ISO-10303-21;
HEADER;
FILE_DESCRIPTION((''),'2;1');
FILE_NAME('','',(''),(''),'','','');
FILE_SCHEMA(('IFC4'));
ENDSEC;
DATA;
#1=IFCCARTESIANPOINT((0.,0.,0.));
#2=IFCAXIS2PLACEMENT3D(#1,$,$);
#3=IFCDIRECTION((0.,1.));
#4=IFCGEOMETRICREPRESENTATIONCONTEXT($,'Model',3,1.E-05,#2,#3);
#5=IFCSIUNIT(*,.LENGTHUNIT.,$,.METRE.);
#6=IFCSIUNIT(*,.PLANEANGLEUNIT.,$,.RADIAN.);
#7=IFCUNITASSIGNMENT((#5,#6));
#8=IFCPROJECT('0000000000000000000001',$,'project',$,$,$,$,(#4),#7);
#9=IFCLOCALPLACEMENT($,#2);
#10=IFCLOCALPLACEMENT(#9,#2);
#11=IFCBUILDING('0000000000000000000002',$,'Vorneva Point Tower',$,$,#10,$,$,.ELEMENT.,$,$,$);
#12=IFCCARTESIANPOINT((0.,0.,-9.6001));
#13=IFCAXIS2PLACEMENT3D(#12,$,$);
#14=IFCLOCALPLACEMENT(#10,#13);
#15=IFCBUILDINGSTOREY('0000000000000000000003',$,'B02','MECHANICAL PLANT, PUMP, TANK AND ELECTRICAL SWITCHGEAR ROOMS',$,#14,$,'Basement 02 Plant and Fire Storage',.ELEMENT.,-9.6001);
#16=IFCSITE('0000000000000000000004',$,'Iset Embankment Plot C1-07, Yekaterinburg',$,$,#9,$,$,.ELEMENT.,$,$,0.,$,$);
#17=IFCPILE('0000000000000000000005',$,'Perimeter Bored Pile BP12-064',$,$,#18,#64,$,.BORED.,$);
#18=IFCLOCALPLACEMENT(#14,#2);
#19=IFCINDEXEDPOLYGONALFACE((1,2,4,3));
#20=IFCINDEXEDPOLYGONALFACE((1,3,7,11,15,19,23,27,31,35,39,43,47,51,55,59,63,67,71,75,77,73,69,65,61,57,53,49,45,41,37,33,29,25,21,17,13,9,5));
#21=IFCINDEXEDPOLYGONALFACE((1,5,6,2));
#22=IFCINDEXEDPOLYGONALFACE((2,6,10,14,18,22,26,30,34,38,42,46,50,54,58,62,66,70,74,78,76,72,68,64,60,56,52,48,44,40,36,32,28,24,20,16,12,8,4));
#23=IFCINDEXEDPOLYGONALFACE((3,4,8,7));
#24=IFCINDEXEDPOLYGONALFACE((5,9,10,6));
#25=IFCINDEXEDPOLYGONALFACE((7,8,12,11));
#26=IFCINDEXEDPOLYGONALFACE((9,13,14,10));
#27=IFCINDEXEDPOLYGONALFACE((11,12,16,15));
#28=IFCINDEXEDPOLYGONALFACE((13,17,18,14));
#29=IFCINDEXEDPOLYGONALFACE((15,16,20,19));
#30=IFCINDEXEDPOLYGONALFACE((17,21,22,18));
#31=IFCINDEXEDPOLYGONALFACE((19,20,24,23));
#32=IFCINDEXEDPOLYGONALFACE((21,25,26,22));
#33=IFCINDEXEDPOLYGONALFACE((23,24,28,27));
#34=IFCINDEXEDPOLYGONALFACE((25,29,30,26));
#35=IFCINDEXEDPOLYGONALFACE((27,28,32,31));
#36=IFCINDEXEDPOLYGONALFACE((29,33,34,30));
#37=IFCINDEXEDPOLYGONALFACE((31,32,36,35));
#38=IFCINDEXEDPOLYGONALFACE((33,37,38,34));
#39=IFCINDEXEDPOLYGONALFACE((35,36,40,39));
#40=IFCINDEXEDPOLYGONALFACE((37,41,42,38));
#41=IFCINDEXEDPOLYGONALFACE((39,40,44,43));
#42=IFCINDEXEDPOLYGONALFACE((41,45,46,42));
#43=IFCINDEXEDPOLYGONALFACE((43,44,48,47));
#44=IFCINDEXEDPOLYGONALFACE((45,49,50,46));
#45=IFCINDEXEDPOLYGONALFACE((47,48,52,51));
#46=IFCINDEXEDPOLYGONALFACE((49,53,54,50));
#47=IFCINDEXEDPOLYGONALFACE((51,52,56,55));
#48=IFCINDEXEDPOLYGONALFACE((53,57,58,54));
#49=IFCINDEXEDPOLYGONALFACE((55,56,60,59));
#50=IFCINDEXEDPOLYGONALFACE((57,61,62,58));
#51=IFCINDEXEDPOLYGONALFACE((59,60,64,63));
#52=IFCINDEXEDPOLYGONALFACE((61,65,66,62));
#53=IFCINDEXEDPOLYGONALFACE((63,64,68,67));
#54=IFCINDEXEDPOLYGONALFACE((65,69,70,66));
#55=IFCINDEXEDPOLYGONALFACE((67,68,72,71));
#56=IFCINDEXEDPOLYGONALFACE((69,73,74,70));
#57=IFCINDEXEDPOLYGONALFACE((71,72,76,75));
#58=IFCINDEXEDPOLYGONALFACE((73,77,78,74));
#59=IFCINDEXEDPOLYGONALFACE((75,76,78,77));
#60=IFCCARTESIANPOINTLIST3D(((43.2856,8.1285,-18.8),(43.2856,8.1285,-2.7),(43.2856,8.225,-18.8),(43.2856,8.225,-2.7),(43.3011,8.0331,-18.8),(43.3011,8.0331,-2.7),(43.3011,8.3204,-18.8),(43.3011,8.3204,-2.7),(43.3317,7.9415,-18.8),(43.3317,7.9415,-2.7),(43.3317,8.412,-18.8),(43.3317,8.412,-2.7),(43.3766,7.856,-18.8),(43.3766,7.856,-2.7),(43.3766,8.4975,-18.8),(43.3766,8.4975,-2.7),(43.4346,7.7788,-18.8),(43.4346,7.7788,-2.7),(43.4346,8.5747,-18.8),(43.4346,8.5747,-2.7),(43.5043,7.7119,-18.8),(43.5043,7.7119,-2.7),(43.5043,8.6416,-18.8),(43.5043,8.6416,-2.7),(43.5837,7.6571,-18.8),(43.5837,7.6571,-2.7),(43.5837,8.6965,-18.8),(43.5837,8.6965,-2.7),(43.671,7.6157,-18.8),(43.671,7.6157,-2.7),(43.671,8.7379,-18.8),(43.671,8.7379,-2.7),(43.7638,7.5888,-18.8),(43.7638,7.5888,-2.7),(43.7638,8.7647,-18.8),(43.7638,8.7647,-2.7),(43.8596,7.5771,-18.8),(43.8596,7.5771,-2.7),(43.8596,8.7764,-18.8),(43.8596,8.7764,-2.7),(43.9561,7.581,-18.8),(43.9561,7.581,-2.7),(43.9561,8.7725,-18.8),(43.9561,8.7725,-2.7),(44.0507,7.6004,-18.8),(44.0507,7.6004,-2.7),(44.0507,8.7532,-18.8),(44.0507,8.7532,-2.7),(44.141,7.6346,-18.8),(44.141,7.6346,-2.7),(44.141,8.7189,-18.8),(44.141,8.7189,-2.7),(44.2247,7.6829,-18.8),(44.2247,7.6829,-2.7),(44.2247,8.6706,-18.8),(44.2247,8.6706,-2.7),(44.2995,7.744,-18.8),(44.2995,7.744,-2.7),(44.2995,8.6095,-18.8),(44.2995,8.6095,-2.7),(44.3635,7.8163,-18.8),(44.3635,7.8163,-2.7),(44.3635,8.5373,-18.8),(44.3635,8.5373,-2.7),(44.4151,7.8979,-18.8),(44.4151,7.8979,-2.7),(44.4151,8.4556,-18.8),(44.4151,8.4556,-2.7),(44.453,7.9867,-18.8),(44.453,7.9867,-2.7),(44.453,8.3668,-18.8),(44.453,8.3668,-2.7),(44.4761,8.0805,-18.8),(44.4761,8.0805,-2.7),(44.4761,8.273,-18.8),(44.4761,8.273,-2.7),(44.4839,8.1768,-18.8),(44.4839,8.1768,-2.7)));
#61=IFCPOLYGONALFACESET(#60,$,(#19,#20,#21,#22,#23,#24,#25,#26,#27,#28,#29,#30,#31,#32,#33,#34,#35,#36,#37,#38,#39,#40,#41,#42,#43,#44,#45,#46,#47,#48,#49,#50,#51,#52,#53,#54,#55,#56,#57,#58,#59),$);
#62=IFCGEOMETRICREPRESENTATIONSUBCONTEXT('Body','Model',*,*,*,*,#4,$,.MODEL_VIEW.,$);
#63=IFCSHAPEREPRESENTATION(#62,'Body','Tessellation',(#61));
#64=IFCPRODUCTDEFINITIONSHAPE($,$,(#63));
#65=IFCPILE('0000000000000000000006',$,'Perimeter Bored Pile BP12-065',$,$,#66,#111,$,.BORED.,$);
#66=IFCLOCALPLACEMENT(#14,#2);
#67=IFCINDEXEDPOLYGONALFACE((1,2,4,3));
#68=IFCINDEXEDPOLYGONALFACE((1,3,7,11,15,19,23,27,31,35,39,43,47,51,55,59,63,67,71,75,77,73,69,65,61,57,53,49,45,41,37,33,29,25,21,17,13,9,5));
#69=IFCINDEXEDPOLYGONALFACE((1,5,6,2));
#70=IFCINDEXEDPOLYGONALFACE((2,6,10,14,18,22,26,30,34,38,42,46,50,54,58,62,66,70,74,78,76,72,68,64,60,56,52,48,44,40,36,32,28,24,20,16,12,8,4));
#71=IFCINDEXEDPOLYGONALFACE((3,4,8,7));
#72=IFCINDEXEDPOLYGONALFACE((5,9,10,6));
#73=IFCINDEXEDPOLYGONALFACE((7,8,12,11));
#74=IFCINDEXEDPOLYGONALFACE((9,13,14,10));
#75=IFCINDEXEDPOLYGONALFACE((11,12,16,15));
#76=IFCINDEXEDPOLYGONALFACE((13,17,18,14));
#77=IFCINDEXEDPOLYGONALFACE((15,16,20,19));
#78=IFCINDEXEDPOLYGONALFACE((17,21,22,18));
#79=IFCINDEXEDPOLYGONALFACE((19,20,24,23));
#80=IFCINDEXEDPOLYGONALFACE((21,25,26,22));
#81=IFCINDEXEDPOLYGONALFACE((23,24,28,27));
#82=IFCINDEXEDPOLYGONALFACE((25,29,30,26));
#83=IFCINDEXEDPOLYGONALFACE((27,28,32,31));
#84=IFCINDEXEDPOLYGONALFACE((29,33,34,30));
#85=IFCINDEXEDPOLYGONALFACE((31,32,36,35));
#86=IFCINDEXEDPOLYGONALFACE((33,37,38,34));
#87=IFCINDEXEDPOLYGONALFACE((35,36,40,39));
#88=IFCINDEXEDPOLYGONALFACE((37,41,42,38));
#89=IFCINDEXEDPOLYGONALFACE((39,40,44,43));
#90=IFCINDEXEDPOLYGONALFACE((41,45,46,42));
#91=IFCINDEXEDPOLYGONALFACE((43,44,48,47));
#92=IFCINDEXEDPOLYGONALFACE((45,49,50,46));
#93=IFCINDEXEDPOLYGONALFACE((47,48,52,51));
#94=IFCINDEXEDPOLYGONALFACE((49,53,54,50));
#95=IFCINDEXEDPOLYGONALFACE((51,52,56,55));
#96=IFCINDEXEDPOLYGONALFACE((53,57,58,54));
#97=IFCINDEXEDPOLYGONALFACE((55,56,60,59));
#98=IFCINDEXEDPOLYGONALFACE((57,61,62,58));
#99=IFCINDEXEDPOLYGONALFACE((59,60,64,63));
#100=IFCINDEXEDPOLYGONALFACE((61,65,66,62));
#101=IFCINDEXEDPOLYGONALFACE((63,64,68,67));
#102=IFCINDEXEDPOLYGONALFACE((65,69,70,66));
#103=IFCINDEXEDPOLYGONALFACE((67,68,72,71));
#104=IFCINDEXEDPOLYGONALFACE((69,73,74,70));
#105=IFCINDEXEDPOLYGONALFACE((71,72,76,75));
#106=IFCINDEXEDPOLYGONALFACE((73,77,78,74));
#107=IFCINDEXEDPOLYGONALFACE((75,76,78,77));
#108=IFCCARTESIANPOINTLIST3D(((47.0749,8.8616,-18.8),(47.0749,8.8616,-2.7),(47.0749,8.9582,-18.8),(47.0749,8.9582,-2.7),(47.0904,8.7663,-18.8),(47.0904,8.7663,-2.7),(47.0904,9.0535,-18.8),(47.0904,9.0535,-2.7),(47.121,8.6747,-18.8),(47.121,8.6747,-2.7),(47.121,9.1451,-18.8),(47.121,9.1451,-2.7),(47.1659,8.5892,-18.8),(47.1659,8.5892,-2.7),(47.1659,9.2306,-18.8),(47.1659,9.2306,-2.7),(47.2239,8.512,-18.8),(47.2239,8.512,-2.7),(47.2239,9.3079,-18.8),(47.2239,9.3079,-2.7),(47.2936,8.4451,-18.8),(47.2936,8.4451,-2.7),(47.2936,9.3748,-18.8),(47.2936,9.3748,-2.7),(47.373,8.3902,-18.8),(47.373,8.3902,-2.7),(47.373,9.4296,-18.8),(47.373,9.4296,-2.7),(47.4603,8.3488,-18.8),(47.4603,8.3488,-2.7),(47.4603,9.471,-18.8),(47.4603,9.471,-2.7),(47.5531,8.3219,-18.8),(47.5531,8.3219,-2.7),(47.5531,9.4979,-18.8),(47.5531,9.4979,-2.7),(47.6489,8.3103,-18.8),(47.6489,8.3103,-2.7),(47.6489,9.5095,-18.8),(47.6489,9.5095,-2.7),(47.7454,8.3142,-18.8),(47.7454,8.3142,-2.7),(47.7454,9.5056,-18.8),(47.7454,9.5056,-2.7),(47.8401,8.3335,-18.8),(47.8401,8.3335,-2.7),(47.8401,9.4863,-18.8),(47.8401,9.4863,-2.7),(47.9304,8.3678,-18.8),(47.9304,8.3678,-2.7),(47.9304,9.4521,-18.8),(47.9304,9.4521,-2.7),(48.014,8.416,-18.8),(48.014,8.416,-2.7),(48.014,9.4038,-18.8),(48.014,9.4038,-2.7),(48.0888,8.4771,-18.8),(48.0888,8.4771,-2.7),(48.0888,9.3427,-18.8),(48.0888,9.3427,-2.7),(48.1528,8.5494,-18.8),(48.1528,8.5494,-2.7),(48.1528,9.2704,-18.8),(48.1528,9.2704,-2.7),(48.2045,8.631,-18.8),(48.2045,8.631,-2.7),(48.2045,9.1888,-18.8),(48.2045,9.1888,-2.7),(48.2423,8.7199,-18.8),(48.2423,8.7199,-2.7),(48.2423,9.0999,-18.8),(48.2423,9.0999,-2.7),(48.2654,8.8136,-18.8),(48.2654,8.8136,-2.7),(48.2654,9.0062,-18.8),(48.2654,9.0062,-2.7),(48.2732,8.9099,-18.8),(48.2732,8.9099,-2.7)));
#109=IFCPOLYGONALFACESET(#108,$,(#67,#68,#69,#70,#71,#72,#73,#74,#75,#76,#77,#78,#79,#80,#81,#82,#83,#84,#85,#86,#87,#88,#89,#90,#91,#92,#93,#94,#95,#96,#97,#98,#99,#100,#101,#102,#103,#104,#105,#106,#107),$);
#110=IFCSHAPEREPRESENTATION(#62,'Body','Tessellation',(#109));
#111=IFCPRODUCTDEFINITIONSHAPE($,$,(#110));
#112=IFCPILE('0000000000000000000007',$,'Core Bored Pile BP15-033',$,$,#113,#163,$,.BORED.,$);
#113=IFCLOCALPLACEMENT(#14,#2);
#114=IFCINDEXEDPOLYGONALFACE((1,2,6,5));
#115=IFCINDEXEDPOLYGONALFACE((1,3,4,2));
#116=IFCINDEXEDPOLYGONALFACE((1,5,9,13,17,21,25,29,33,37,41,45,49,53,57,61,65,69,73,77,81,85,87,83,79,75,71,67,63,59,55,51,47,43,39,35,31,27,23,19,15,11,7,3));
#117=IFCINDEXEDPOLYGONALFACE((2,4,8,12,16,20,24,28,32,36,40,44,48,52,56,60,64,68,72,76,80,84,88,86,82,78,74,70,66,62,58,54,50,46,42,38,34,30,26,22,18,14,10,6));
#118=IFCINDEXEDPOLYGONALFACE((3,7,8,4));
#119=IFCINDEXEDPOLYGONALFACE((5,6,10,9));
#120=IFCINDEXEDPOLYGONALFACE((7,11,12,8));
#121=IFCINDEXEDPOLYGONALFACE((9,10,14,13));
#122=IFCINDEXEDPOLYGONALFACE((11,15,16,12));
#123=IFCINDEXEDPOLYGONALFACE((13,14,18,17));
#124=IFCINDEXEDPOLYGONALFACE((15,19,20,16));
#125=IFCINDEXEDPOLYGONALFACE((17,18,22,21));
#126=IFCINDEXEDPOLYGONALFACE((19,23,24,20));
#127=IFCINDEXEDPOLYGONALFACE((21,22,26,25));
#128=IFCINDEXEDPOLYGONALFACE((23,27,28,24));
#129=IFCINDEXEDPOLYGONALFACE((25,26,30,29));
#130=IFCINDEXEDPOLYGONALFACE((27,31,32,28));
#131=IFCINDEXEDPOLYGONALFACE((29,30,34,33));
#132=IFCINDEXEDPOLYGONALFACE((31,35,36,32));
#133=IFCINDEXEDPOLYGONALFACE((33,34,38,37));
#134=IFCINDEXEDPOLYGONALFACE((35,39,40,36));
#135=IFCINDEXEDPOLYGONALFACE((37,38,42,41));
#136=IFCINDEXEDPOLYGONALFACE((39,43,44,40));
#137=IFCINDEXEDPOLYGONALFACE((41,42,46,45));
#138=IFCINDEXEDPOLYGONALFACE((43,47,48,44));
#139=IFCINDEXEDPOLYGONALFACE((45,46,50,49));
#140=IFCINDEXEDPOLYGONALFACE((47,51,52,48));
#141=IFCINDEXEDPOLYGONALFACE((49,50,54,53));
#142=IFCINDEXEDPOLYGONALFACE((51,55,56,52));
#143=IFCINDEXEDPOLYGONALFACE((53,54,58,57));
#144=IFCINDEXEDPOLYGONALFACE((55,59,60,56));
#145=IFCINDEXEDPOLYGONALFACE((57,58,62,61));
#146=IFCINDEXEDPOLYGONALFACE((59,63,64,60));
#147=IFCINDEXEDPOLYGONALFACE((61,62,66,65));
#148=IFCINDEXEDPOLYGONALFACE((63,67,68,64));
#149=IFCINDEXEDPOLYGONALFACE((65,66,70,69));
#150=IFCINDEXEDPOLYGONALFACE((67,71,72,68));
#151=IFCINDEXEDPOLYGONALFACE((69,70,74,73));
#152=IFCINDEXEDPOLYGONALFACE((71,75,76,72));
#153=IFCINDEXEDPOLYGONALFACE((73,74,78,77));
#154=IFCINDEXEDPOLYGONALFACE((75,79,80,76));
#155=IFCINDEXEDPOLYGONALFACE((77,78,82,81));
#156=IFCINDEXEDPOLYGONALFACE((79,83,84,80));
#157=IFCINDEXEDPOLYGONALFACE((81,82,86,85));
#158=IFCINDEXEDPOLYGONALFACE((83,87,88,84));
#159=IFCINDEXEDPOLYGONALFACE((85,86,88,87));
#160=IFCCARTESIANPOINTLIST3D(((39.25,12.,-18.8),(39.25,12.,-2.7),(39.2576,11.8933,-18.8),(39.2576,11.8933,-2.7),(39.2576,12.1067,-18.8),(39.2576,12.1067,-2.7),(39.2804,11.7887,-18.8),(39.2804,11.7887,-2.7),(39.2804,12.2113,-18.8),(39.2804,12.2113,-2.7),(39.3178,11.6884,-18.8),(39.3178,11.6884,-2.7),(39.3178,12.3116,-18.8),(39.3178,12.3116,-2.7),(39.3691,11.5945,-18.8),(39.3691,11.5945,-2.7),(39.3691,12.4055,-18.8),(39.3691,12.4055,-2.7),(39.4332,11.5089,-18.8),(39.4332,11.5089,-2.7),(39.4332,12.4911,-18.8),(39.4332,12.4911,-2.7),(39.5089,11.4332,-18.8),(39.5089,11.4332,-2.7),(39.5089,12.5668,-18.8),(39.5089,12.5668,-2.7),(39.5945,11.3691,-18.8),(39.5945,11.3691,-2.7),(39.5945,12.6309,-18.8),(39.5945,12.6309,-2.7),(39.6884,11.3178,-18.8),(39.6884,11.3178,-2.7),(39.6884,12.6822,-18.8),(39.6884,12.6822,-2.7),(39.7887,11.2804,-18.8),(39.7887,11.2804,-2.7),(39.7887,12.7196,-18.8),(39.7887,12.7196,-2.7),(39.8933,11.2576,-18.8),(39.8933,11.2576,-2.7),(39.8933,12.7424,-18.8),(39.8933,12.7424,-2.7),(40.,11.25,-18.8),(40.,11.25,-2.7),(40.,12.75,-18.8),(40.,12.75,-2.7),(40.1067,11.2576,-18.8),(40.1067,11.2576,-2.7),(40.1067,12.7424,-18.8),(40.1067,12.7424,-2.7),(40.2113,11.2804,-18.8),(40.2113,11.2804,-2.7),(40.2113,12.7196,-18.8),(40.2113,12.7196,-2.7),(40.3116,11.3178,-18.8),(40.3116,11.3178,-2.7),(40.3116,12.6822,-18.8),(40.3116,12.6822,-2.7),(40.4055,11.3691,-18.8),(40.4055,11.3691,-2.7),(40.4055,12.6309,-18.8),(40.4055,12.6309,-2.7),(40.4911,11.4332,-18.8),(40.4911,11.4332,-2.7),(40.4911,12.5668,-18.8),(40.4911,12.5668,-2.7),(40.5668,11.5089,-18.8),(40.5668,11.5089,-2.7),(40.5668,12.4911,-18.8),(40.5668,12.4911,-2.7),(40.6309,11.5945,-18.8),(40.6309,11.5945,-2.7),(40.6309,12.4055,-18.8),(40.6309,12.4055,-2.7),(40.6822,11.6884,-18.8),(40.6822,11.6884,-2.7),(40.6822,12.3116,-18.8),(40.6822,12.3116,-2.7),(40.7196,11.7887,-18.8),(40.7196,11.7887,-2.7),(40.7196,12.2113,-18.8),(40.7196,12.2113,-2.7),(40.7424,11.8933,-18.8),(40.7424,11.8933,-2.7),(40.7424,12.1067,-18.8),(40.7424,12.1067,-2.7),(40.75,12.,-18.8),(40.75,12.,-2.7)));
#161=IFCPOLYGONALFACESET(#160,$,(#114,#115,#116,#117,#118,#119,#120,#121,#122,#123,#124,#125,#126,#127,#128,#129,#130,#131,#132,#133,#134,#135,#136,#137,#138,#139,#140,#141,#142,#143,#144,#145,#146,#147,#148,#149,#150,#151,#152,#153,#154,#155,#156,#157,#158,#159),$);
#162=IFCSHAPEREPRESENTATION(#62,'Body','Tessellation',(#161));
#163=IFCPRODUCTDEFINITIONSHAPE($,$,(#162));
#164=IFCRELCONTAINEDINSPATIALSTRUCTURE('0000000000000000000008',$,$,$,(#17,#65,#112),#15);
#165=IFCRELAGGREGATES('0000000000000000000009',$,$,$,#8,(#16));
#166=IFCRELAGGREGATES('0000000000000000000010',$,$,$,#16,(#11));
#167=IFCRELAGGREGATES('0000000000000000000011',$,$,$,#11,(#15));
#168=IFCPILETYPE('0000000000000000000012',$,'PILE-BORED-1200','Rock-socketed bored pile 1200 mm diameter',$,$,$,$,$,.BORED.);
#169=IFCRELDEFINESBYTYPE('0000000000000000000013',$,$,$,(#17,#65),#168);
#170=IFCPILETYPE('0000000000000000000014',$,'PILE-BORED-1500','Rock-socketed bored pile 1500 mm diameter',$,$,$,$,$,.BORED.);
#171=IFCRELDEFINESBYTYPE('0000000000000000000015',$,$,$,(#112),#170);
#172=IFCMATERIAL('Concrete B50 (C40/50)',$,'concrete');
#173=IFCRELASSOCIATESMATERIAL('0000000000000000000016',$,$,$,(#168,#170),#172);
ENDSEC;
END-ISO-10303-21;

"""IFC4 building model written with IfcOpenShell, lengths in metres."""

from ifc_helpers import new_model, si_unit, direction, frame, origin, origin_2d, place, context, subcontext, project, spatial, circle, extrude, material, material_profile, profile_set, type_object, element, save


model = new_model("IFC4")

# Units and contexts
model_context = context("Model", 3, precision=1e-05, world=origin(), true_north=direction((0.0, 1.0)))
body_context = subcontext(model_context, "Body", "Model", "MODEL_VIEW")
ifc_project = project(units=[si_unit("LENGTHUNIT", "METRE"), si_unit("PLANEANGLEUNIT", "RADIAN")], contexts=[model_context])

# Site, building, storey
site_placement = place(None, origin())
site = spatial("IfcSite", under=ifc_project, at=site_placement, Name="Iset Embankment Plot C1-07, Yekaterinburg", CompositionType="ELEMENT", RefElevation=0.0)
building_placement = place(site_placement, origin())
building = spatial("IfcBuilding", under=site, at=building_placement, Name="Vorneva Point Tower", CompositionType="ELEMENT")
storey_placement = place(building_placement, frame((0.0, 0.0, -9.6001)))
storey = spatial("IfcBuildingStorey", under=building, at=storey_placement, Name="B02", Description="MECHANICAL PLANT, PUMP, TANK AND ELECTRICAL SWITCHGEAR ROOMS", LongName="Basement 02 Plant and Fire Storage", CompositionType="ELEMENT", Elevation=-9.6001)

# Piles
ifc_material_1 = material(Name="Concrete B50 (C40/50)", Category="concrete")
ifc_material_profile_1 = material_profile(ifc_material_1, circle(Radius=0.6001, at=origin_2d()), Name="PILE-1200")
ifc_profile_set_1 = profile_set([ifc_material_profile_1], Name="Concrete B50 (C40/50)")
pile_type_1 = type_object("IfcPileType", Name="PILE-BORED-1200", Description="Rock-socketed bored pile 1200 mm diameter", PredefinedType="BORED", material=ifc_profile_set_1)
for number, where, z_axis, x_axis, name in (
    (1, (43.8838, 8.1768, -2.7), (0.0, 0.0, -1.0), (1.0, 0.0, 0.0), "Perimeter Bored Pile BP12-064"),
    (2, (47.6731, 8.9099, -2.7), (0.0, 0.0, -1.0), (1.0, 0.0, 0.0), "Perimeter Bored Pile BP12-065"),
):
    element("IfcPile", number, at=place(storey_placement, frame(where, z_axis=z_axis, x_axis=x_axis)), inside=storey, type_object=pile_type_1, Name=name, PredefinedType="BORED", context=body_context, shape_type="SweptSolid", body=[
        extrude(circle(Radius=0.6001, at=origin_2d()), origin(), (0.0, 0.0, 1.0), 16.1001),
    ])
ifc_material_profile_2 = material_profile(ifc_material_1, circle(Radius=0.75, at=origin_2d()), Name="PILE-1500")
ifc_profile_set_2 = profile_set([ifc_material_profile_2], Name="Concrete B50 (C40/50)")
pile_type_2 = type_object("IfcPileType", Name="PILE-BORED-1500", Description="Rock-socketed bored pile 1500 mm diameter", PredefinedType="BORED", material=ifc_profile_set_2)
for number, where, z_axis, x_axis, name in (
    (3, (40.0, 12.0, -2.7), (0.0, 0.0, -1.0), (1.0, 0.0, 0.0), "Core Bored Pile BP15-033"),
):
    element("IfcPile", number, at=place(storey_placement, frame(where, z_axis=z_axis, x_axis=x_axis)), inside=storey, type_object=pile_type_2, Name=name, PredefinedType="BORED", context=body_context, shape_type="SweptSolid", body=[
        extrude(circle(Radius=0.75, at=origin_2d()), origin(), (0.0, 0.0, 1.0), 16.1001),
    ])

save(model, "model.ifc")
